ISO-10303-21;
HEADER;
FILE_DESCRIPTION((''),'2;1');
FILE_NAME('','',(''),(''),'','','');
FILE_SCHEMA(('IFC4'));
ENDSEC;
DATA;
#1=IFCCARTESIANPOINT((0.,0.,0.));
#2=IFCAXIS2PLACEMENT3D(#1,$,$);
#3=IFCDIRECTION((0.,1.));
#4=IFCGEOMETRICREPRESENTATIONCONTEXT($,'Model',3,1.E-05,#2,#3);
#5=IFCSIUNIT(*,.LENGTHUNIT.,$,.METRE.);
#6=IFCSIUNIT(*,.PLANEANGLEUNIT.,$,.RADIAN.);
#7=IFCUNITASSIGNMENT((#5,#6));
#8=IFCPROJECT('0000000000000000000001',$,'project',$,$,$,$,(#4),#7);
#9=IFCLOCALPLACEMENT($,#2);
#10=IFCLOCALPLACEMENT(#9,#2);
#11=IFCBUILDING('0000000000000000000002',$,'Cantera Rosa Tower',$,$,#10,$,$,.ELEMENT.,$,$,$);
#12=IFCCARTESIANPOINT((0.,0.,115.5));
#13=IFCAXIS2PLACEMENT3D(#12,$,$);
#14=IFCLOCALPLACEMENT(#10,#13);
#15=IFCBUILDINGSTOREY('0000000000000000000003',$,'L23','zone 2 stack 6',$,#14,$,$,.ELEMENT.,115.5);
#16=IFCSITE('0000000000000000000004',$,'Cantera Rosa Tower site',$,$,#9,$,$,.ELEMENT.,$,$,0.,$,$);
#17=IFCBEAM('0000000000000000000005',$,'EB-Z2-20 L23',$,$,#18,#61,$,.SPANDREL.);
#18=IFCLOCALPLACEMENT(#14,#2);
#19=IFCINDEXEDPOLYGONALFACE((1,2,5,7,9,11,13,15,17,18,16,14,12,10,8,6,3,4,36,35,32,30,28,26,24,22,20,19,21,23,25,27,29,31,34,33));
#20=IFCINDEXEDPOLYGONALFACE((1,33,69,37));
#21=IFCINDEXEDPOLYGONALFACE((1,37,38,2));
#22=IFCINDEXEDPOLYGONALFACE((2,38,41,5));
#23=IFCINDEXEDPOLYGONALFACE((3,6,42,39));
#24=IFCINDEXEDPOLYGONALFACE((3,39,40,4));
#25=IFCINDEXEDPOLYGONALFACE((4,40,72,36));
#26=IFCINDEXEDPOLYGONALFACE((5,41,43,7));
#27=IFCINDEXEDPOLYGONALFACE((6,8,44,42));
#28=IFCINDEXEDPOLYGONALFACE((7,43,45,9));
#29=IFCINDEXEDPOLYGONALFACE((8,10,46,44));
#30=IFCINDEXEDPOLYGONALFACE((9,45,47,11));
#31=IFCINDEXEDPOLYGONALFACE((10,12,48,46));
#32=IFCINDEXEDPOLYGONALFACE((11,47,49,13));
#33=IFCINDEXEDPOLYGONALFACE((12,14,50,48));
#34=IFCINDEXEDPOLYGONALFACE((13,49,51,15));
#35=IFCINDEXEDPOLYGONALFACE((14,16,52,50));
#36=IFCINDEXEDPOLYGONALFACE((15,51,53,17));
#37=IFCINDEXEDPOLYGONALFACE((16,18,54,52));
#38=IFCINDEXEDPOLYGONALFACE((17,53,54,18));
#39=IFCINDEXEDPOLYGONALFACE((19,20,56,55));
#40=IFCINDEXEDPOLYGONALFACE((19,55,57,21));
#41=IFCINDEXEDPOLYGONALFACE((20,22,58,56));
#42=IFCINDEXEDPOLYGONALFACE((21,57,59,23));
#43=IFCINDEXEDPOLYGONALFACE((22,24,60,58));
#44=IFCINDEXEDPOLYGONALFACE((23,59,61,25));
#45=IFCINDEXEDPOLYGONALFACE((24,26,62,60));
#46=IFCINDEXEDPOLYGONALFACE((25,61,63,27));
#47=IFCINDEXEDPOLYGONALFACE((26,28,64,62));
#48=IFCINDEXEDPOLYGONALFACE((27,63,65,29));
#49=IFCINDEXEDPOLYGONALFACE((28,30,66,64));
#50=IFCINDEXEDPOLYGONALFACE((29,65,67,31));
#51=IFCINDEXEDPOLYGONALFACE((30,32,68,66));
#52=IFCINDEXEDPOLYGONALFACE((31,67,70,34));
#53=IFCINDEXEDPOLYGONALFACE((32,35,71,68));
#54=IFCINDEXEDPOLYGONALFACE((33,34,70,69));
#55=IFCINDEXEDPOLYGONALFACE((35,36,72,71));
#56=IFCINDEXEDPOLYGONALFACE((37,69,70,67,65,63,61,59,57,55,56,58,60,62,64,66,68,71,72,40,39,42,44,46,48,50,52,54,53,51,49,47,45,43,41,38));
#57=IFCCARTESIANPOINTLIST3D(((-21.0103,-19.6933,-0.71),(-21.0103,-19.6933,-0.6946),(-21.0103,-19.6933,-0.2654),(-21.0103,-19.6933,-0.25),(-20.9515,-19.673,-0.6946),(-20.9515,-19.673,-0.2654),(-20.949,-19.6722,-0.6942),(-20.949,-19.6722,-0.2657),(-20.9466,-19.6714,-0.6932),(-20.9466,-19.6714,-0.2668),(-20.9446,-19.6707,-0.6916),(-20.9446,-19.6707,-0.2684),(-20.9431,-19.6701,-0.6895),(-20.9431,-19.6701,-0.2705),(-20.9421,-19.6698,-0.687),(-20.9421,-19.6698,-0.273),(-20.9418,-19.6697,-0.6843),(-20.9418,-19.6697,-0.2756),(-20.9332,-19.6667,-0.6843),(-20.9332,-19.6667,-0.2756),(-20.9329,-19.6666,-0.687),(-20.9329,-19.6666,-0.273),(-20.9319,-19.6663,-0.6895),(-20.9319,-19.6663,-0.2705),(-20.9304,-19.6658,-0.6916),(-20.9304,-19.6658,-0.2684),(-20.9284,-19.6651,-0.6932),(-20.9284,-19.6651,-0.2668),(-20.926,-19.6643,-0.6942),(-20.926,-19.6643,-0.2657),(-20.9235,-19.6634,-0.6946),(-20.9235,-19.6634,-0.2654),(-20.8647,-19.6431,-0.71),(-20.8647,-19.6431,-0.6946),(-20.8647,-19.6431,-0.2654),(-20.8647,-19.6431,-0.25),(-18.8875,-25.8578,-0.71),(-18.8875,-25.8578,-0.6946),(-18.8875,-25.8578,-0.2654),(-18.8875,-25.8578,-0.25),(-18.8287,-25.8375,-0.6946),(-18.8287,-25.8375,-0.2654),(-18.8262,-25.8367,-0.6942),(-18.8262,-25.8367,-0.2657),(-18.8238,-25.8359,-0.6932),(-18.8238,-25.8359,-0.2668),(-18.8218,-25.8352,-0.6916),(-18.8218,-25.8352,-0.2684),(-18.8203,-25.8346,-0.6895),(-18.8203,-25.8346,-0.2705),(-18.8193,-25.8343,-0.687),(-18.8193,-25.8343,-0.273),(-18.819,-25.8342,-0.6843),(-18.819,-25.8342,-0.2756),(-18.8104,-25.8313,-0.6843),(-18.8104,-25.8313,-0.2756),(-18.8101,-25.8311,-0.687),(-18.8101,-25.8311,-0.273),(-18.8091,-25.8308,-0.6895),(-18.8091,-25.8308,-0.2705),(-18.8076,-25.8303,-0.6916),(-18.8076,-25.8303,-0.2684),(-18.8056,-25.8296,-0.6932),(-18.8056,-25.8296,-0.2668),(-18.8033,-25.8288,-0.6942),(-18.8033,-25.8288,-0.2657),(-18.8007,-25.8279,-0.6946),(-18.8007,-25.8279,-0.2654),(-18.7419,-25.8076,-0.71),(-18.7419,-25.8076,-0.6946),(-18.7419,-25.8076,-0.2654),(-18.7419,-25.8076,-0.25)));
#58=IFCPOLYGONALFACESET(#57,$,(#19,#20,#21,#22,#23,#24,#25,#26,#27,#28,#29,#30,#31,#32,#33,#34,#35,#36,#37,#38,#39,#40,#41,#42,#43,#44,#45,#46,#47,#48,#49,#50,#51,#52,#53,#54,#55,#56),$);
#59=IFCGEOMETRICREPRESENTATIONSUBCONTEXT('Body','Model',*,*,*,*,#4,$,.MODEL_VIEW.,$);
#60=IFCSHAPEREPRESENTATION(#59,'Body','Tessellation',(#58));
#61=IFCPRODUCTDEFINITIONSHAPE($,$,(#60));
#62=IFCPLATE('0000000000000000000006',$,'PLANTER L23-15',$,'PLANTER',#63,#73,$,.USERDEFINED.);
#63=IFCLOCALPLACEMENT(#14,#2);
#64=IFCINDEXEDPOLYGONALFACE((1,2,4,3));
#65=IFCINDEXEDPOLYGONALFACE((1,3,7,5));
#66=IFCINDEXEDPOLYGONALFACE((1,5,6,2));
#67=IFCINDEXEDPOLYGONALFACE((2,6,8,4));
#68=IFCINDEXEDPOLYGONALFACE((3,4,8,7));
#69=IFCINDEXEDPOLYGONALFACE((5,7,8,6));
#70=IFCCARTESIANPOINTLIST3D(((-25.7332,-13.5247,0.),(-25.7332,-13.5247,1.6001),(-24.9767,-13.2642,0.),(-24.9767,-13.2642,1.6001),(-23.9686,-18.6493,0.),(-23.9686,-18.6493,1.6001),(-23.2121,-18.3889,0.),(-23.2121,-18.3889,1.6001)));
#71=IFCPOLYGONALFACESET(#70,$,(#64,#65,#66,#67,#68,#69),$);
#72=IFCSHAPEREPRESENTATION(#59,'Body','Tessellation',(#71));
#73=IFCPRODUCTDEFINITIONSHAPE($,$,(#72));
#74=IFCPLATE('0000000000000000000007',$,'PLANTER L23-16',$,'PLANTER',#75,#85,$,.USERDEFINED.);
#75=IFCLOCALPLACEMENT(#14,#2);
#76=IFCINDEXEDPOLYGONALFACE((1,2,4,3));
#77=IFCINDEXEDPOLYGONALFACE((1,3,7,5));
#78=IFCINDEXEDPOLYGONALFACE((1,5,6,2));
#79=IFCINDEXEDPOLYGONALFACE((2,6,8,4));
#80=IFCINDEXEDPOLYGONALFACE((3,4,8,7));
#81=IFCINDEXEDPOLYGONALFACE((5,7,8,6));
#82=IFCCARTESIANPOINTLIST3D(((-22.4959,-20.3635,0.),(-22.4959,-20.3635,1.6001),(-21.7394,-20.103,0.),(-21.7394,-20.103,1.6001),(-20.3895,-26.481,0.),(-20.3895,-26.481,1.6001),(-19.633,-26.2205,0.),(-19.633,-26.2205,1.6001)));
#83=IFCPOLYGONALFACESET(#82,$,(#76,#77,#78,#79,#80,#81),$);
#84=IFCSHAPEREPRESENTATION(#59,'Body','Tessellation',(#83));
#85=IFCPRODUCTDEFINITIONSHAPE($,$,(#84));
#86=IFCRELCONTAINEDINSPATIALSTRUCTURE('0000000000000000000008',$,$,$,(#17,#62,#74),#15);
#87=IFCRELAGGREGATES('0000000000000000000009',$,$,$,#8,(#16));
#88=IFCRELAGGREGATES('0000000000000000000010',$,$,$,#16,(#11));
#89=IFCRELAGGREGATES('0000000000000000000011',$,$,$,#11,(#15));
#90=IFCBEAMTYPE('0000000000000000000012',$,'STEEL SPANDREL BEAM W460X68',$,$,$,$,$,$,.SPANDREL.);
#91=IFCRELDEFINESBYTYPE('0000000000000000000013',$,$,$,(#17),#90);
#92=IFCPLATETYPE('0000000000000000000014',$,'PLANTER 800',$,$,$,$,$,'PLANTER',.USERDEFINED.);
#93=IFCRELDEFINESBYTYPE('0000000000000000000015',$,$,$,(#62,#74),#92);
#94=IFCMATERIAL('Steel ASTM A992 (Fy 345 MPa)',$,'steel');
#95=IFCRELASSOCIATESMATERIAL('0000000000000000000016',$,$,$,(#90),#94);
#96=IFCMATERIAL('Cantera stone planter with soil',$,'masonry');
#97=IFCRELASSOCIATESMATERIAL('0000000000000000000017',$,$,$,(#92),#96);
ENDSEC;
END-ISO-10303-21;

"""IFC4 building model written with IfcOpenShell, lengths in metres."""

from ifc_helpers import new_model, si_unit, direction, frame, origin, origin_2d, place, context, subcontext, project, spatial, rectangle, i_section, extrude, material, material_profile, profile_set, type_object, element, save


model = new_model("IFC4")

# Units and contexts
model_context = context("Model", 3, precision=1e-05, world=origin(), true_north=direction((0.0, 1.0)))
body_context = subcontext(model_context, "Body", "Model", "MODEL_VIEW")
ifc_project = project(units=[si_unit("LENGTHUNIT", "METRE"), si_unit("PLANEANGLEUNIT", "RADIAN")], contexts=[model_context])

# Site, building, storey
site_placement = place(None, origin())
site = spatial("IfcSite", under=ifc_project, at=site_placement, Name="Cantera Rosa Tower site", CompositionType="ELEMENT", RefElevation=0.0)
building_placement = place(site_placement, origin())
building = spatial("IfcBuilding", under=site, at=building_placement, Name="Cantera Rosa Tower", CompositionType="ELEMENT")
storey_placement = place(building_placement, frame((0.0, 0.0, 115.5)))
storey = spatial("IfcBuildingStorey", under=building, at=storey_placement, Name="L23", Description="zone 2 stack 6", CompositionType="ELEMENT", Elevation=115.5)

# Beam
ifc_material_1 = material(Name="Steel ASTM A992 (Fy 345 MPa)", Category="steel")
ifc_material_profile_1 = material_profile(ifc_material_1, i_section(OverallWidth=0.1541, OverallDepth=0.46, WebThickness=0.009, FlangeThickness=0.0154, FilletRadius=0.0103, at=origin_2d()), Name="W460X68")
ifc_profile_set_1 = profile_set([ifc_material_profile_1], Name="Steel ASTM A992 (Fy 345 MPa)")
beam_type_1 = type_object("IfcBeamType", Name="STEEL SPANDREL BEAM W460X68", PredefinedType="SPANDREL", material=ifc_profile_set_1)
beam_1_placement = place(storey_placement, frame((-20.9375, -19.6682, -0.48), z_axis=(0.325593, -0.94551, 0.0), x_axis=(0.94551, 0.325593, 0.0)))
element("IfcBeam", 1, at=beam_1_placement, inside=storey, type_object=beam_type_1, Name="EB-Z2-20 L23", PredefinedType="SPANDREL", context=body_context, shape_type="SweptSolid", body=[
    extrude(i_section(OverallWidth=0.1541, OverallDepth=0.46, WebThickness=0.009, FlangeThickness=0.0154, FilletRadius=0.0103, at=origin_2d()), origin(), (0.0, 0.0, 1.0), 6.5198),
])

# Plates
ifc_material_2 = material(Name="Cantera stone planter with soil", Category="masonry")
plate_type = type_object("IfcPlateType", Name="PLANTER 800", ElementType="PLANTER", PredefinedType="USERDEFINED", material=ifc_material_2)
plate_1_placement = place(storey_placement, frame((-24.4727, -15.9568, 0.0), z_axis=(0.0, 0.0, 1.0), x_axis=(0.325568, -0.945519, 0.0)))
element("IfcPlate", 2, at=plate_1_placement, inside=storey, type_object=plate_type, Name="PLANTER L23-15", ObjectType="PLANTER", PredefinedType="USERDEFINED", context=body_context, shape_type="SweptSolid", body=[
    extrude(rectangle(XDim=5.4199, YDim=0.8, at=origin_2d()), origin(), (0.0, 0.0, 1.0), 1.6001),
])
plate_2_placement = place(storey_placement, frame((-21.0645, -23.292, 0.0), z_axis=(0.0, 0.0, 1.0), x_axis=(0.325568, -0.945519, 0.0)))
element("IfcPlate", 3, at=plate_2_placement, inside=storey, type_object=plate_type, Name="PLANTER L23-16", ObjectType="PLANTER", PredefinedType="USERDEFINED", context=body_context, shape_type="SweptSolid", body=[
    extrude(rectangle(XDim=6.47, YDim=0.8, at=origin_2d()), origin(), (0.0, 0.0, 1.0), 1.6001),
])

save(model, "model.ifc")
